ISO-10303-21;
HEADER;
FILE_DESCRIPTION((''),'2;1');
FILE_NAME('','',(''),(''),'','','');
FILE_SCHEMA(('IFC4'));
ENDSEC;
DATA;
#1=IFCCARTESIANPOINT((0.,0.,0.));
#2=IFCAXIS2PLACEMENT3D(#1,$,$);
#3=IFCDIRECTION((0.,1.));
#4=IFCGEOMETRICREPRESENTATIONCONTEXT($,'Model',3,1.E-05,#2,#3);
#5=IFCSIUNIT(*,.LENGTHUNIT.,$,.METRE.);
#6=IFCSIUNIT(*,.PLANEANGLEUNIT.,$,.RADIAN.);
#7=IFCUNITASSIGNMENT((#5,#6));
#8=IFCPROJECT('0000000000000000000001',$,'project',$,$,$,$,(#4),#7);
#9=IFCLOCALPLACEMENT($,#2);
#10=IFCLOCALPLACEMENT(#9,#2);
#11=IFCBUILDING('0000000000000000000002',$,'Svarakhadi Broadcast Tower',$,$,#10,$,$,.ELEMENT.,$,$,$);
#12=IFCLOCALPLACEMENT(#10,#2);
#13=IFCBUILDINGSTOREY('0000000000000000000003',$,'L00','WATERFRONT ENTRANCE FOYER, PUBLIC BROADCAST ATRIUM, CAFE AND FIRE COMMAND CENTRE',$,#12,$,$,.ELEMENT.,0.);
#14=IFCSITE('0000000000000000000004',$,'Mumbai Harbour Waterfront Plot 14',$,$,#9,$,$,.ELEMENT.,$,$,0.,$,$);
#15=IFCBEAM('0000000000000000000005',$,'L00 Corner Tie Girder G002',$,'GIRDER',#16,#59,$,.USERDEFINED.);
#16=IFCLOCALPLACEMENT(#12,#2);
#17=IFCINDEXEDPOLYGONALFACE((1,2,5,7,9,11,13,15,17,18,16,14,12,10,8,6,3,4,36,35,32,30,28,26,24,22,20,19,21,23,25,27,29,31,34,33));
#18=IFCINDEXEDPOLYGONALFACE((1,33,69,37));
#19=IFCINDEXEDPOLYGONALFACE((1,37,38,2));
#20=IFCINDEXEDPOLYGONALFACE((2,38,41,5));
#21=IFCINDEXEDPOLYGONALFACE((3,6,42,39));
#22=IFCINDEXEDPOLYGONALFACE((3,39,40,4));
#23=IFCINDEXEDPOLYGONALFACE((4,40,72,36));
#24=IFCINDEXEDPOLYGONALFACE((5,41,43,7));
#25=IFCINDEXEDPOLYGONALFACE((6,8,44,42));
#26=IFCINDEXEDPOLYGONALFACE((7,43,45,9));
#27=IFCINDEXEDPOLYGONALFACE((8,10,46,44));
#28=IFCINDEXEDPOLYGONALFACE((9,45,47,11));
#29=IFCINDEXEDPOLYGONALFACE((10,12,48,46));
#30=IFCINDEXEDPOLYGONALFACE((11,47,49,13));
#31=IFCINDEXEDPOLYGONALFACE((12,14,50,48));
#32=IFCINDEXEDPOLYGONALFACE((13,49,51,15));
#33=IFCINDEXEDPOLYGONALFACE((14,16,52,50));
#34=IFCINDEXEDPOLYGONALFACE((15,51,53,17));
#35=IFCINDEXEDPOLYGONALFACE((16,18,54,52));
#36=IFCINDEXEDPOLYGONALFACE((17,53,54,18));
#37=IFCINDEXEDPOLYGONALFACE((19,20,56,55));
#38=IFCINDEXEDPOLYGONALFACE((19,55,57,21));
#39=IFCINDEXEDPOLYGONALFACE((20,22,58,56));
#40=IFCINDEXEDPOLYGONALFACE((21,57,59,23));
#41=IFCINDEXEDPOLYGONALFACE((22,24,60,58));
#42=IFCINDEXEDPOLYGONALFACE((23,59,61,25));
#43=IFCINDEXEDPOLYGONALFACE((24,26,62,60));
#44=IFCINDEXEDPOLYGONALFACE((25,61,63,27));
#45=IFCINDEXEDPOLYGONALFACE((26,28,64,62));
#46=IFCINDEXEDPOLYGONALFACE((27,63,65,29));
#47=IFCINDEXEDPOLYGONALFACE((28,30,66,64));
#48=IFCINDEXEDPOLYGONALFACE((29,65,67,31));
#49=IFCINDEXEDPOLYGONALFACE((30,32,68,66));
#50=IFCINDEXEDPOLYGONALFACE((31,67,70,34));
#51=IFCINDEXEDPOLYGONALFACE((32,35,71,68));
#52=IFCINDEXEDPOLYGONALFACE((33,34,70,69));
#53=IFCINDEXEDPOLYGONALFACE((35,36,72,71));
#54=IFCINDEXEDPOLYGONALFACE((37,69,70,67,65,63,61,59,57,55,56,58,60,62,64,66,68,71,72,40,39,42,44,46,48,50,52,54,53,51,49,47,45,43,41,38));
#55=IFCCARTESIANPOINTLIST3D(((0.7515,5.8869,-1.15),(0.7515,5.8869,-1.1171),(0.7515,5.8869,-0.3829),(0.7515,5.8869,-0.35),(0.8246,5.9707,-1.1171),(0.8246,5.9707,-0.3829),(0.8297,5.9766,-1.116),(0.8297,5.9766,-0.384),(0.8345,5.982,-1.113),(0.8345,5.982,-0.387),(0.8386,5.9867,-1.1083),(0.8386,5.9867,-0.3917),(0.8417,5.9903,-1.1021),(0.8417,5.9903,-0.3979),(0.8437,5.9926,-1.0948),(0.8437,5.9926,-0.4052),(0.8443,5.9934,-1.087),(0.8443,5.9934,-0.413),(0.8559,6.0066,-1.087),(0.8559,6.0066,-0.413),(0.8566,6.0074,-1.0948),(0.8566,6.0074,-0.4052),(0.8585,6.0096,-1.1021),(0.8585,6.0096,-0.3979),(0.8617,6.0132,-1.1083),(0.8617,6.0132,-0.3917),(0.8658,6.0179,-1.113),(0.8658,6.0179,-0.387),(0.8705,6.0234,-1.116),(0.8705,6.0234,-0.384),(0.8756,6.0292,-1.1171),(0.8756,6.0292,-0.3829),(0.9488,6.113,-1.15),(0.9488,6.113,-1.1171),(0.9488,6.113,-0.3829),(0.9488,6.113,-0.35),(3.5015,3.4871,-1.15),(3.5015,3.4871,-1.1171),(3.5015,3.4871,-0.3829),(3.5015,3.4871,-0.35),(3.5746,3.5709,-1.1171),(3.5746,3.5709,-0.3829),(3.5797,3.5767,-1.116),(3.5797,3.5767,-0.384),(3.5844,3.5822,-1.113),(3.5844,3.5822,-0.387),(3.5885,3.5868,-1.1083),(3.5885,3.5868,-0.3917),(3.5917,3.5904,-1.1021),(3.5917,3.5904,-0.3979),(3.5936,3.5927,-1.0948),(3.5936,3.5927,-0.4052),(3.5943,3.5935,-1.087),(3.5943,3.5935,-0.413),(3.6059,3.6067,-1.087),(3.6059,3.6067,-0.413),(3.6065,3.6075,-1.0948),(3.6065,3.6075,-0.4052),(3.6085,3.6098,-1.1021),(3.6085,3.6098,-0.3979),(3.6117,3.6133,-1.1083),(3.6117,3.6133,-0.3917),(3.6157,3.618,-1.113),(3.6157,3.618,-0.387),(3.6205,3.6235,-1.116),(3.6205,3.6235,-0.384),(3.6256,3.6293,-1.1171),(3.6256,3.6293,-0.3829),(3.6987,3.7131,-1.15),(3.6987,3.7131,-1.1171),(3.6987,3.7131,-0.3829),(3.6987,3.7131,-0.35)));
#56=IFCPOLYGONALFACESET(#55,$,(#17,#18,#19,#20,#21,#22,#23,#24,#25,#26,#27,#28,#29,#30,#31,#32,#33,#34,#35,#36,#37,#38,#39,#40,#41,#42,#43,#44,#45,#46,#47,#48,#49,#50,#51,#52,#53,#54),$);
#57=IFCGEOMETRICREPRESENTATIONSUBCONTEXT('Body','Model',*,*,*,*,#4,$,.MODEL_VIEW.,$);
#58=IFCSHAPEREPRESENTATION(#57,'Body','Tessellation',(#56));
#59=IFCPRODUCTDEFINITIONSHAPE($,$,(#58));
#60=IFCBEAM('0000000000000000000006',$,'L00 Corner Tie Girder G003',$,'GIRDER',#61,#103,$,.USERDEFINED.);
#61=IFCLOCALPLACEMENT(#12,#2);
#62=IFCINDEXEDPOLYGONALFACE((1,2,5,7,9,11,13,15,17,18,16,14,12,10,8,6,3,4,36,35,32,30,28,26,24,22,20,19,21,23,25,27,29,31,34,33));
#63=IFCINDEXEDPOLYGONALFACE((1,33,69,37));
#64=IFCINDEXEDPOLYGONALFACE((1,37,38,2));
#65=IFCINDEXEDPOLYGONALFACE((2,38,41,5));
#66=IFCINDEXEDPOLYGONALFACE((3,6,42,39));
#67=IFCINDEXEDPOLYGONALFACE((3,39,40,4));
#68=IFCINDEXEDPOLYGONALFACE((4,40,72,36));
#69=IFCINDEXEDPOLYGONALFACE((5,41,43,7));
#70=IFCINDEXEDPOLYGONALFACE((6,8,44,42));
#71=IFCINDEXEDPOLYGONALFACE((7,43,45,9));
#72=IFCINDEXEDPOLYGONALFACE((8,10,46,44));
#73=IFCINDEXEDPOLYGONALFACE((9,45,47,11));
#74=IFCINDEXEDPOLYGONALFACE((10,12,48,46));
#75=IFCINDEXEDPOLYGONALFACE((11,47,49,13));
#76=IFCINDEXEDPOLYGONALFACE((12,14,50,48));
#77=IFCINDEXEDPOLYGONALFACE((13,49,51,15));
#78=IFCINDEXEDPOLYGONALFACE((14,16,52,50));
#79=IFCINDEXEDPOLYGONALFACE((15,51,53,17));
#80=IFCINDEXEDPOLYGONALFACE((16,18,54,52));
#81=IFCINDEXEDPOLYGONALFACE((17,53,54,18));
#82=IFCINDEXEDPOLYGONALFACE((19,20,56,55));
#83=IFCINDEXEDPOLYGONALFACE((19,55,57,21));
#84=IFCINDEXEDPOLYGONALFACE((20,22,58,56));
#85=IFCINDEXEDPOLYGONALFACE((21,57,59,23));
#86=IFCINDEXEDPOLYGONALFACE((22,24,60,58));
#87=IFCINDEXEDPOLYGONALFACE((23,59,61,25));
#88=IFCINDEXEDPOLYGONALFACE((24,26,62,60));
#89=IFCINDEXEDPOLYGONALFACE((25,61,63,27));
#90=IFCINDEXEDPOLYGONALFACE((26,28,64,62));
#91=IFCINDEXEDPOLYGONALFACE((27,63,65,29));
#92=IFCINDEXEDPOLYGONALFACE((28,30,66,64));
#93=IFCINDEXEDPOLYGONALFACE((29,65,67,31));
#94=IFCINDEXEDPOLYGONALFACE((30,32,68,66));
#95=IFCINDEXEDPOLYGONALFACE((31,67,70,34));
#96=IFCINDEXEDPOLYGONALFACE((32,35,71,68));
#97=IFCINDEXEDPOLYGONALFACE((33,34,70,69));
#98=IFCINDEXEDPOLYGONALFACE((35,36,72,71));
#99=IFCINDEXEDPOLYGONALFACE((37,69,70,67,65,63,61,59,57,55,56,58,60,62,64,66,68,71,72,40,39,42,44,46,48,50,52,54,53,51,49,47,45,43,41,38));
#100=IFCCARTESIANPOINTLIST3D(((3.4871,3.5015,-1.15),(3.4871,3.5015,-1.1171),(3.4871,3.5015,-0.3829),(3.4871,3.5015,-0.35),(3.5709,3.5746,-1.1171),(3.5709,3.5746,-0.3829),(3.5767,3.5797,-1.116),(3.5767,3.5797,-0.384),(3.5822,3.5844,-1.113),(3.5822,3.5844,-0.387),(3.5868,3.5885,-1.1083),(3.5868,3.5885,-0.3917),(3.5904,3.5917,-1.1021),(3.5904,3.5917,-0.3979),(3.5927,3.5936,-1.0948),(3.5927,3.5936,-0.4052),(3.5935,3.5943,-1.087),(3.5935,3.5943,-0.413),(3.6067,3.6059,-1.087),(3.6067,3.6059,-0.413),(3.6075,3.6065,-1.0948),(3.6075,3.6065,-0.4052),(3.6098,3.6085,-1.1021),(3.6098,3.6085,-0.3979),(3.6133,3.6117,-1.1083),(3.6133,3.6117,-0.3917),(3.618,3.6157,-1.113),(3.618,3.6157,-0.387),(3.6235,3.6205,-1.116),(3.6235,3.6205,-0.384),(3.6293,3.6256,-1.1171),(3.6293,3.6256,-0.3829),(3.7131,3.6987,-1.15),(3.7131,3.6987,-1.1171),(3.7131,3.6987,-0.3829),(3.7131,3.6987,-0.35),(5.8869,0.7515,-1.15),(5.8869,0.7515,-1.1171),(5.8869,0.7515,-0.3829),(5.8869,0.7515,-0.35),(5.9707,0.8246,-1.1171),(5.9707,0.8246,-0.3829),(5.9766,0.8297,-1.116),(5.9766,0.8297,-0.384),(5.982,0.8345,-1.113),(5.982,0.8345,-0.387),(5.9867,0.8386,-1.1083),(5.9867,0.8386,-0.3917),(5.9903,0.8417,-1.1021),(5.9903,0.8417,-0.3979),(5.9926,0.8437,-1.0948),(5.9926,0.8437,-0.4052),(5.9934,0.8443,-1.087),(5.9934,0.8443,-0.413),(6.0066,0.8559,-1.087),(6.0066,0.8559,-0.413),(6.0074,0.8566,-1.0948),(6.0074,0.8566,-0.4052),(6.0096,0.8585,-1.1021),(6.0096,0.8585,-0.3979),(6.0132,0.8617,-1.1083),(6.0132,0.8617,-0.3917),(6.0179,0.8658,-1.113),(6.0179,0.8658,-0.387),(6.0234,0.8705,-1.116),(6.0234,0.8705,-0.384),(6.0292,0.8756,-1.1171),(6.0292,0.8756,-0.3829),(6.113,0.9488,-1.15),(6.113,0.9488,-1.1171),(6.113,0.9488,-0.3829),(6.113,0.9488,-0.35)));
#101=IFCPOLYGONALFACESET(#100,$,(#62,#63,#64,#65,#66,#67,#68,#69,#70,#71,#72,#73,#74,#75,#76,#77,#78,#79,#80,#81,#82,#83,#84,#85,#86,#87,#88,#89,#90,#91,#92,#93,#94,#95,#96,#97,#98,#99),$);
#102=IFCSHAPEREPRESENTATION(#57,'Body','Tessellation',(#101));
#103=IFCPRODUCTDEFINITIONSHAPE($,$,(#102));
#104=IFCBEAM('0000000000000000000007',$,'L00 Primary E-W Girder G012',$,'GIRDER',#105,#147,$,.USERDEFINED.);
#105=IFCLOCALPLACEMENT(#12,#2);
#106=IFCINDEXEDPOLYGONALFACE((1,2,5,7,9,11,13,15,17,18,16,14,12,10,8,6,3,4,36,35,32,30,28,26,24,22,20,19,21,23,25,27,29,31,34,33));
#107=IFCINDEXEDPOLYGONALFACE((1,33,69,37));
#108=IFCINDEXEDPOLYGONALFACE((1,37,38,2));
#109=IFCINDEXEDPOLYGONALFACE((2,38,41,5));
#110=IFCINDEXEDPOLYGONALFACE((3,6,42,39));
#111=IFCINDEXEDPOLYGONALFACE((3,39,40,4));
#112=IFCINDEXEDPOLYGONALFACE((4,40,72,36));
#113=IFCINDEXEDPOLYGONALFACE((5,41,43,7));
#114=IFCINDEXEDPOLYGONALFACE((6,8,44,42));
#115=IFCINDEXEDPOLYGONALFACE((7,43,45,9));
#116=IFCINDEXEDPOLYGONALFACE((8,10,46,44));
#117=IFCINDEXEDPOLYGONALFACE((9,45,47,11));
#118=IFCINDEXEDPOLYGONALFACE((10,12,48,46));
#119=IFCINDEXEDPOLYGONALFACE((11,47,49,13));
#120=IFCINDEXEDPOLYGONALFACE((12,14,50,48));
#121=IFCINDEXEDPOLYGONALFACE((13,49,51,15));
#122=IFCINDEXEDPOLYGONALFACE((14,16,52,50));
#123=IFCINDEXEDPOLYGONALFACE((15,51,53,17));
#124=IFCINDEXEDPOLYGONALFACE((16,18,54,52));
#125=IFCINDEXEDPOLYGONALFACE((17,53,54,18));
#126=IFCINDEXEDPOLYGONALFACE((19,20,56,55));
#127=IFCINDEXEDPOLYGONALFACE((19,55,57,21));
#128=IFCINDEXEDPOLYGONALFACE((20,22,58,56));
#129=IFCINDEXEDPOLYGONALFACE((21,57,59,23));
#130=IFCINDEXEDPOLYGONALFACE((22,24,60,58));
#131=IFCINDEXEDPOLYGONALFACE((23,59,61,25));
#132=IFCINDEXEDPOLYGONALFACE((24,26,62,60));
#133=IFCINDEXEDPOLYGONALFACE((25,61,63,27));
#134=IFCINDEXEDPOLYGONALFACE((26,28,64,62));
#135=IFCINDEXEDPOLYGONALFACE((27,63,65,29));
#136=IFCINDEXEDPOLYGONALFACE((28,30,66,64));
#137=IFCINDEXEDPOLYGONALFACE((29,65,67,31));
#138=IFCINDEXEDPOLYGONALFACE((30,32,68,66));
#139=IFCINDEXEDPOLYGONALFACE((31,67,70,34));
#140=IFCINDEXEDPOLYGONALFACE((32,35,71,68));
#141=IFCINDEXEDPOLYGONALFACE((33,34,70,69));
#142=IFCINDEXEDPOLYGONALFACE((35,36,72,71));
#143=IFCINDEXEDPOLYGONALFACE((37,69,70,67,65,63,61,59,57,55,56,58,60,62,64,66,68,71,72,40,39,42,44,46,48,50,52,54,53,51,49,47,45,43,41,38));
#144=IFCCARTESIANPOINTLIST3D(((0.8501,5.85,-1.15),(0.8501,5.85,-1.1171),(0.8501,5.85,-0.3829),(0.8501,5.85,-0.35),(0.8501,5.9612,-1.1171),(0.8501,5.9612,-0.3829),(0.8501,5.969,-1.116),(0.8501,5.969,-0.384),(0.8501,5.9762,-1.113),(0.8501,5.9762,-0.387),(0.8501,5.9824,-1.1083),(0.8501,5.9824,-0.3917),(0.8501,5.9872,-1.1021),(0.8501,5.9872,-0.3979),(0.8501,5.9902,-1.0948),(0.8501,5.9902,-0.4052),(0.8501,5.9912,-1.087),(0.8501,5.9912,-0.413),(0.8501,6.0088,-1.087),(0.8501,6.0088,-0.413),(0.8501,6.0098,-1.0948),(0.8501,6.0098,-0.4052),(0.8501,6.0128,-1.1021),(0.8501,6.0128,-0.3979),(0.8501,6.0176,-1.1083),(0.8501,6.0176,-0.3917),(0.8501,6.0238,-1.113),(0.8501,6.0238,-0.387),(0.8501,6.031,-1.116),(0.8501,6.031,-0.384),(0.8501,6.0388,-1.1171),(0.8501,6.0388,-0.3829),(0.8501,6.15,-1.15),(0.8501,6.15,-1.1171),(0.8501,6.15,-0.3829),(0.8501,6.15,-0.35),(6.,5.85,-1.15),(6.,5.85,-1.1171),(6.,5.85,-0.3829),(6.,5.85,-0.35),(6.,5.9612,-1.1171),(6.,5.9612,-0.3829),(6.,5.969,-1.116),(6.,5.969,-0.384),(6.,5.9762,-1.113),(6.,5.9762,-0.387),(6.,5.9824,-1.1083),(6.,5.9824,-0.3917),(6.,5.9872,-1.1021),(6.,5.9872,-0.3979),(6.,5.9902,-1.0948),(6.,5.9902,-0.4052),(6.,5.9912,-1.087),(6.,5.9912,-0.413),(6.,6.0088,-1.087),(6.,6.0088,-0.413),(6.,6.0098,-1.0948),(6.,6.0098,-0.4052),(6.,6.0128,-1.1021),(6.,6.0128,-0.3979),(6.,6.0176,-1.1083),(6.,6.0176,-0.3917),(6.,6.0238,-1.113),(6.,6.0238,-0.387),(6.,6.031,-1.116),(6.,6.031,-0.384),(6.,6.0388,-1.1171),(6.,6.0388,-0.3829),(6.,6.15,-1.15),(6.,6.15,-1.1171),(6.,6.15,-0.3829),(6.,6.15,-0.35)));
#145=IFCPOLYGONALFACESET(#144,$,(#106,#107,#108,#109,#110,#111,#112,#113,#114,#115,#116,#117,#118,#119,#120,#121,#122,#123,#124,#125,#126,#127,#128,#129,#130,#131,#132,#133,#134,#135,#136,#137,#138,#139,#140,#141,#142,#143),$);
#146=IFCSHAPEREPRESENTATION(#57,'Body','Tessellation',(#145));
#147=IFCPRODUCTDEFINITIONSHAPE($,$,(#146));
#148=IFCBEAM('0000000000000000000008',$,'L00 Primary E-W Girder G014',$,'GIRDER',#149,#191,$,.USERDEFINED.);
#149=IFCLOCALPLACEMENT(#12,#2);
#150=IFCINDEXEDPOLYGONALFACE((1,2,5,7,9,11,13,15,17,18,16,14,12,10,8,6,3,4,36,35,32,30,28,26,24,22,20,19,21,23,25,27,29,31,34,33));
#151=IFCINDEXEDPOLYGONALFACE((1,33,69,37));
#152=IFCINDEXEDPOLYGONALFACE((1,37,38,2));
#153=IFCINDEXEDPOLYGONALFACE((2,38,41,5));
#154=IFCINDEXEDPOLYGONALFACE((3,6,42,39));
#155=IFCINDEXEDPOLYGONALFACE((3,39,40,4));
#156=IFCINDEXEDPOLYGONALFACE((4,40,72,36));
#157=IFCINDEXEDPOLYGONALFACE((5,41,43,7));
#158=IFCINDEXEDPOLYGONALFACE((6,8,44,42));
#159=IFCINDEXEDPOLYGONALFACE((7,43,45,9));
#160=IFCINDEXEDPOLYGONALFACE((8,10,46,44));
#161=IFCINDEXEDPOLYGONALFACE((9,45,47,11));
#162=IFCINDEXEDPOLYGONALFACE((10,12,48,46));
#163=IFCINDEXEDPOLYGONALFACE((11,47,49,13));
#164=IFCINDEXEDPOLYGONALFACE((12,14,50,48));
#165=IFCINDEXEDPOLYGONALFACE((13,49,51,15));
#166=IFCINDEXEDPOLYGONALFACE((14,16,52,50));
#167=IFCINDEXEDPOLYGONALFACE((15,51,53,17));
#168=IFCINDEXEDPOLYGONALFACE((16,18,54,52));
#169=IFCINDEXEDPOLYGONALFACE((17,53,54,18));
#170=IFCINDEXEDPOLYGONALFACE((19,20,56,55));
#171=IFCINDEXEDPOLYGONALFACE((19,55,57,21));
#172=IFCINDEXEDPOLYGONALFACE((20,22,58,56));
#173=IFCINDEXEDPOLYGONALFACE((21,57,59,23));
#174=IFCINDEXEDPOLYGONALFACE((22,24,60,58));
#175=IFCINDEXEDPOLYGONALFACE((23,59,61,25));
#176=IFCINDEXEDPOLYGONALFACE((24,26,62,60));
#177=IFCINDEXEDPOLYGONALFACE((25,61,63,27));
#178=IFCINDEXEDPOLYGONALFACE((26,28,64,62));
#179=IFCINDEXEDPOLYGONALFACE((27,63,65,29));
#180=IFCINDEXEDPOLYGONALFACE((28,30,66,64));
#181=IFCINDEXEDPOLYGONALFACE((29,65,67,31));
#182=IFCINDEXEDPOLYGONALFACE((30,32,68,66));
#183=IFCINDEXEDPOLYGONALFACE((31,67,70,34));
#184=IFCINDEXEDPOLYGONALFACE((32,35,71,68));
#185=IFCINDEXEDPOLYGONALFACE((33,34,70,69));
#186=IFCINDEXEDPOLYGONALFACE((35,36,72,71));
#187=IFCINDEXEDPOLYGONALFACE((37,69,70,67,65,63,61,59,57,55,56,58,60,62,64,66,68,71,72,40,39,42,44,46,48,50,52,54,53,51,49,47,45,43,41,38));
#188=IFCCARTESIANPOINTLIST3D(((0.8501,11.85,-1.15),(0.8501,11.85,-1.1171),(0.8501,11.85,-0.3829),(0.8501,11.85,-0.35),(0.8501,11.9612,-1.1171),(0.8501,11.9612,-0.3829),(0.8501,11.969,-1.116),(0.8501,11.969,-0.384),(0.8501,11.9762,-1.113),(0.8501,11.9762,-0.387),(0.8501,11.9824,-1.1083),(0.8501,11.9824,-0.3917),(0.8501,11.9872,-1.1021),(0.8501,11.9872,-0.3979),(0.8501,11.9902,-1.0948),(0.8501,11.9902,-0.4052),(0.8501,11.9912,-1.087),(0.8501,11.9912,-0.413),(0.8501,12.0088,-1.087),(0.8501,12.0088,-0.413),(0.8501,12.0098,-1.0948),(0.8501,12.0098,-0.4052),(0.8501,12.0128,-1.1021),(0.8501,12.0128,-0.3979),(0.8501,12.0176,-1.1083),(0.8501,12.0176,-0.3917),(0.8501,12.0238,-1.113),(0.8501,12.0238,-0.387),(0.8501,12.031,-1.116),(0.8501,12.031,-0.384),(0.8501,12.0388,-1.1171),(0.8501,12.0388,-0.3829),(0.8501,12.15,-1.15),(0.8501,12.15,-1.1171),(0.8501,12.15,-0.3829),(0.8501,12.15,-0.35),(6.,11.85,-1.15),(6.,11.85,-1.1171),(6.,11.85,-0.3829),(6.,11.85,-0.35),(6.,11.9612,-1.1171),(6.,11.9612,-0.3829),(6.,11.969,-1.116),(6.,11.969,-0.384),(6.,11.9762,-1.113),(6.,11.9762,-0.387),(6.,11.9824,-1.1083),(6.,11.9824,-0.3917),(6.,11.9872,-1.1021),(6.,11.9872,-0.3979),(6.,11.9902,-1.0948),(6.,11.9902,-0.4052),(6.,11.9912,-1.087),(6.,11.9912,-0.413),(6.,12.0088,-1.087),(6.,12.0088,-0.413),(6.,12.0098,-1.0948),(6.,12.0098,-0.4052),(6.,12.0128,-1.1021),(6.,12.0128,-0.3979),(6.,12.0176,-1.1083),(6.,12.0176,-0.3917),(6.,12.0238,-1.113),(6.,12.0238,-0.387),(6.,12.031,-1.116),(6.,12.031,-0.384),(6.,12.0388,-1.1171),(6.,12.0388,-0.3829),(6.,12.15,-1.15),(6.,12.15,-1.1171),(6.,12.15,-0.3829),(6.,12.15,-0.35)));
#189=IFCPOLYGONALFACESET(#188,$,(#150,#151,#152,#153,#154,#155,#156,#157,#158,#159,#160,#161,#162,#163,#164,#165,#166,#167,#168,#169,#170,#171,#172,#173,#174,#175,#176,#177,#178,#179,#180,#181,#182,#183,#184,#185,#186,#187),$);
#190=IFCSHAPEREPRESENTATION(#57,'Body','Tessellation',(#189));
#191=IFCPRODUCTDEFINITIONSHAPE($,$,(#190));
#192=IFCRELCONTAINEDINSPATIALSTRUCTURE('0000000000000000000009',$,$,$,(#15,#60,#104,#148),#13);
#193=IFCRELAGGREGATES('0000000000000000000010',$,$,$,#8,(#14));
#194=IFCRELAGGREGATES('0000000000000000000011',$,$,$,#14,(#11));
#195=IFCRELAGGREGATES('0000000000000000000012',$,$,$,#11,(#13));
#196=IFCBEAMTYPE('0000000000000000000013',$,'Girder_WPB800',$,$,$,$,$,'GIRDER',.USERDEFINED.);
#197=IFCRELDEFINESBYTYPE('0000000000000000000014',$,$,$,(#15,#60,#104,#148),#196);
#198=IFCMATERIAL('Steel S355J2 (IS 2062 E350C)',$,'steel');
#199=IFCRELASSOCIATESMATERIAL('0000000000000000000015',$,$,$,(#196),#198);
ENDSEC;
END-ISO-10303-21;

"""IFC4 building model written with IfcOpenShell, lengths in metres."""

from ifc_helpers import new_model, si_unit, direction, frame, origin, origin_2d, place, context, subcontext, project, spatial, i_section, extrude, material, material_profile, profile_set, type_object, element, save


model = new_model("IFC4")

# Units and contexts
model_context = context("Model", 3, precision=1e-05, world=origin(), true_north=direction((0.0, 1.0)))
body_context = subcontext(model_context, "Body", "Model", "MODEL_VIEW")
ifc_project = project(units=[si_unit("LENGTHUNIT", "METRE"), si_unit("PLANEANGLEUNIT", "RADIAN")], contexts=[model_context])

# Site, building, storey
site_placement = place(None, origin())
site = spatial("IfcSite", under=ifc_project, at=site_placement, Name="Mumbai Harbour Waterfront Plot 14", CompositionType="ELEMENT", RefElevation=0.0)
building_placement = place(site_placement, origin())
building = spatial("IfcBuilding", under=site, at=building_placement, Name="Svarakhadi Broadcast Tower", CompositionType="ELEMENT")
storey_placement = place(building_placement, origin())
storey = spatial("IfcBuildingStorey", under=building, at=storey_placement, Name="L00", Description="WATERFRONT ENTRANCE FOYER, PUBLIC BROADCAST ATRIUM, CAFE AND FIRE COMMAND CENTRE", CompositionType="ELEMENT", Elevation=0.0)

# Beams
ifc_material_1 = material(Name="Steel S355J2 (IS 2062 E350C)", Category="steel")
ifc_material_profile_1 = material_profile(ifc_material_1, i_section(OverallWidth=0.3, OverallDepth=0.8, WebThickness=0.0176, FlangeThickness=0.033, FilletRadius=0.03, at=origin_2d()), Name="WPB 800x300x262")
ifc_profile_set_1 = profile_set([ifc_material_profile_1], Name="Steel S355J2 (IS 2062 E350C)")
beam_type_1 = type_object("IfcBeamType", Name="Girder_WPB800", ElementType="GIRDER", PredefinedType="USERDEFINED", material=ifc_profile_set_1)
for number, where, z_axis, x_axis, name in (
    (1, (3.6001, 3.6001, -0.75), (-0.753438, 0.657519, 0.0), (-0.657519, -0.753438, 0.0), "L00 Corner Tie Girder G002"),
    (2, (3.6001, 3.6001, -0.75), (0.657519, -0.753438, 0.0), (0.753438, 0.657519, 0.0), "L00 Corner Tie Girder G003"),
):
    element("IfcBeam", number, at=place(storey_placement, frame(where, z_axis=z_axis, x_axis=x_axis)), inside=storey, type_object=beam_type_1, Name=name, ObjectType="GIRDER", PredefinedType="USERDEFINED", context=body_context, shape_type="SweptSolid", body=[
        extrude(i_section(OverallWidth=0.3, OverallDepth=0.8, WebThickness=0.0176, FlangeThickness=0.033, FilletRadius=0.03, at=origin_2d()), origin(), (0.0, 0.0, 1.0), 3.6499),
    ])
for number, where, z_axis, x_axis, name in (
    (3, (0.8501, 6.0, -0.75), (1.0, 0.0, 0.0), (0.0, 1.0, 0.0), "L00 Primary E-W Girder G012"),
    (4, (0.8501, 12.0, -0.75), (1.0, 0.0, 0.0), (0.0, 1.0, 0.0), "L00 Primary E-W Girder G014"),
):
    element("IfcBeam", number, at=place(storey_placement, frame(where, z_axis=z_axis, x_axis=x_axis)), inside=storey, type_object=beam_type_1, Name=name, ObjectType="GIRDER", PredefinedType="USERDEFINED", context=body_context, shape_type="SweptSolid", body=[
        extrude(i_section(OverallWidth=0.3, OverallDepth=0.8, WebThickness=0.0176, FlangeThickness=0.033, FilletRadius=0.03, at=origin_2d()), origin(), (0.0, 0.0, 1.0), 5.1499),
    ])

save(model, "model.ifc")
